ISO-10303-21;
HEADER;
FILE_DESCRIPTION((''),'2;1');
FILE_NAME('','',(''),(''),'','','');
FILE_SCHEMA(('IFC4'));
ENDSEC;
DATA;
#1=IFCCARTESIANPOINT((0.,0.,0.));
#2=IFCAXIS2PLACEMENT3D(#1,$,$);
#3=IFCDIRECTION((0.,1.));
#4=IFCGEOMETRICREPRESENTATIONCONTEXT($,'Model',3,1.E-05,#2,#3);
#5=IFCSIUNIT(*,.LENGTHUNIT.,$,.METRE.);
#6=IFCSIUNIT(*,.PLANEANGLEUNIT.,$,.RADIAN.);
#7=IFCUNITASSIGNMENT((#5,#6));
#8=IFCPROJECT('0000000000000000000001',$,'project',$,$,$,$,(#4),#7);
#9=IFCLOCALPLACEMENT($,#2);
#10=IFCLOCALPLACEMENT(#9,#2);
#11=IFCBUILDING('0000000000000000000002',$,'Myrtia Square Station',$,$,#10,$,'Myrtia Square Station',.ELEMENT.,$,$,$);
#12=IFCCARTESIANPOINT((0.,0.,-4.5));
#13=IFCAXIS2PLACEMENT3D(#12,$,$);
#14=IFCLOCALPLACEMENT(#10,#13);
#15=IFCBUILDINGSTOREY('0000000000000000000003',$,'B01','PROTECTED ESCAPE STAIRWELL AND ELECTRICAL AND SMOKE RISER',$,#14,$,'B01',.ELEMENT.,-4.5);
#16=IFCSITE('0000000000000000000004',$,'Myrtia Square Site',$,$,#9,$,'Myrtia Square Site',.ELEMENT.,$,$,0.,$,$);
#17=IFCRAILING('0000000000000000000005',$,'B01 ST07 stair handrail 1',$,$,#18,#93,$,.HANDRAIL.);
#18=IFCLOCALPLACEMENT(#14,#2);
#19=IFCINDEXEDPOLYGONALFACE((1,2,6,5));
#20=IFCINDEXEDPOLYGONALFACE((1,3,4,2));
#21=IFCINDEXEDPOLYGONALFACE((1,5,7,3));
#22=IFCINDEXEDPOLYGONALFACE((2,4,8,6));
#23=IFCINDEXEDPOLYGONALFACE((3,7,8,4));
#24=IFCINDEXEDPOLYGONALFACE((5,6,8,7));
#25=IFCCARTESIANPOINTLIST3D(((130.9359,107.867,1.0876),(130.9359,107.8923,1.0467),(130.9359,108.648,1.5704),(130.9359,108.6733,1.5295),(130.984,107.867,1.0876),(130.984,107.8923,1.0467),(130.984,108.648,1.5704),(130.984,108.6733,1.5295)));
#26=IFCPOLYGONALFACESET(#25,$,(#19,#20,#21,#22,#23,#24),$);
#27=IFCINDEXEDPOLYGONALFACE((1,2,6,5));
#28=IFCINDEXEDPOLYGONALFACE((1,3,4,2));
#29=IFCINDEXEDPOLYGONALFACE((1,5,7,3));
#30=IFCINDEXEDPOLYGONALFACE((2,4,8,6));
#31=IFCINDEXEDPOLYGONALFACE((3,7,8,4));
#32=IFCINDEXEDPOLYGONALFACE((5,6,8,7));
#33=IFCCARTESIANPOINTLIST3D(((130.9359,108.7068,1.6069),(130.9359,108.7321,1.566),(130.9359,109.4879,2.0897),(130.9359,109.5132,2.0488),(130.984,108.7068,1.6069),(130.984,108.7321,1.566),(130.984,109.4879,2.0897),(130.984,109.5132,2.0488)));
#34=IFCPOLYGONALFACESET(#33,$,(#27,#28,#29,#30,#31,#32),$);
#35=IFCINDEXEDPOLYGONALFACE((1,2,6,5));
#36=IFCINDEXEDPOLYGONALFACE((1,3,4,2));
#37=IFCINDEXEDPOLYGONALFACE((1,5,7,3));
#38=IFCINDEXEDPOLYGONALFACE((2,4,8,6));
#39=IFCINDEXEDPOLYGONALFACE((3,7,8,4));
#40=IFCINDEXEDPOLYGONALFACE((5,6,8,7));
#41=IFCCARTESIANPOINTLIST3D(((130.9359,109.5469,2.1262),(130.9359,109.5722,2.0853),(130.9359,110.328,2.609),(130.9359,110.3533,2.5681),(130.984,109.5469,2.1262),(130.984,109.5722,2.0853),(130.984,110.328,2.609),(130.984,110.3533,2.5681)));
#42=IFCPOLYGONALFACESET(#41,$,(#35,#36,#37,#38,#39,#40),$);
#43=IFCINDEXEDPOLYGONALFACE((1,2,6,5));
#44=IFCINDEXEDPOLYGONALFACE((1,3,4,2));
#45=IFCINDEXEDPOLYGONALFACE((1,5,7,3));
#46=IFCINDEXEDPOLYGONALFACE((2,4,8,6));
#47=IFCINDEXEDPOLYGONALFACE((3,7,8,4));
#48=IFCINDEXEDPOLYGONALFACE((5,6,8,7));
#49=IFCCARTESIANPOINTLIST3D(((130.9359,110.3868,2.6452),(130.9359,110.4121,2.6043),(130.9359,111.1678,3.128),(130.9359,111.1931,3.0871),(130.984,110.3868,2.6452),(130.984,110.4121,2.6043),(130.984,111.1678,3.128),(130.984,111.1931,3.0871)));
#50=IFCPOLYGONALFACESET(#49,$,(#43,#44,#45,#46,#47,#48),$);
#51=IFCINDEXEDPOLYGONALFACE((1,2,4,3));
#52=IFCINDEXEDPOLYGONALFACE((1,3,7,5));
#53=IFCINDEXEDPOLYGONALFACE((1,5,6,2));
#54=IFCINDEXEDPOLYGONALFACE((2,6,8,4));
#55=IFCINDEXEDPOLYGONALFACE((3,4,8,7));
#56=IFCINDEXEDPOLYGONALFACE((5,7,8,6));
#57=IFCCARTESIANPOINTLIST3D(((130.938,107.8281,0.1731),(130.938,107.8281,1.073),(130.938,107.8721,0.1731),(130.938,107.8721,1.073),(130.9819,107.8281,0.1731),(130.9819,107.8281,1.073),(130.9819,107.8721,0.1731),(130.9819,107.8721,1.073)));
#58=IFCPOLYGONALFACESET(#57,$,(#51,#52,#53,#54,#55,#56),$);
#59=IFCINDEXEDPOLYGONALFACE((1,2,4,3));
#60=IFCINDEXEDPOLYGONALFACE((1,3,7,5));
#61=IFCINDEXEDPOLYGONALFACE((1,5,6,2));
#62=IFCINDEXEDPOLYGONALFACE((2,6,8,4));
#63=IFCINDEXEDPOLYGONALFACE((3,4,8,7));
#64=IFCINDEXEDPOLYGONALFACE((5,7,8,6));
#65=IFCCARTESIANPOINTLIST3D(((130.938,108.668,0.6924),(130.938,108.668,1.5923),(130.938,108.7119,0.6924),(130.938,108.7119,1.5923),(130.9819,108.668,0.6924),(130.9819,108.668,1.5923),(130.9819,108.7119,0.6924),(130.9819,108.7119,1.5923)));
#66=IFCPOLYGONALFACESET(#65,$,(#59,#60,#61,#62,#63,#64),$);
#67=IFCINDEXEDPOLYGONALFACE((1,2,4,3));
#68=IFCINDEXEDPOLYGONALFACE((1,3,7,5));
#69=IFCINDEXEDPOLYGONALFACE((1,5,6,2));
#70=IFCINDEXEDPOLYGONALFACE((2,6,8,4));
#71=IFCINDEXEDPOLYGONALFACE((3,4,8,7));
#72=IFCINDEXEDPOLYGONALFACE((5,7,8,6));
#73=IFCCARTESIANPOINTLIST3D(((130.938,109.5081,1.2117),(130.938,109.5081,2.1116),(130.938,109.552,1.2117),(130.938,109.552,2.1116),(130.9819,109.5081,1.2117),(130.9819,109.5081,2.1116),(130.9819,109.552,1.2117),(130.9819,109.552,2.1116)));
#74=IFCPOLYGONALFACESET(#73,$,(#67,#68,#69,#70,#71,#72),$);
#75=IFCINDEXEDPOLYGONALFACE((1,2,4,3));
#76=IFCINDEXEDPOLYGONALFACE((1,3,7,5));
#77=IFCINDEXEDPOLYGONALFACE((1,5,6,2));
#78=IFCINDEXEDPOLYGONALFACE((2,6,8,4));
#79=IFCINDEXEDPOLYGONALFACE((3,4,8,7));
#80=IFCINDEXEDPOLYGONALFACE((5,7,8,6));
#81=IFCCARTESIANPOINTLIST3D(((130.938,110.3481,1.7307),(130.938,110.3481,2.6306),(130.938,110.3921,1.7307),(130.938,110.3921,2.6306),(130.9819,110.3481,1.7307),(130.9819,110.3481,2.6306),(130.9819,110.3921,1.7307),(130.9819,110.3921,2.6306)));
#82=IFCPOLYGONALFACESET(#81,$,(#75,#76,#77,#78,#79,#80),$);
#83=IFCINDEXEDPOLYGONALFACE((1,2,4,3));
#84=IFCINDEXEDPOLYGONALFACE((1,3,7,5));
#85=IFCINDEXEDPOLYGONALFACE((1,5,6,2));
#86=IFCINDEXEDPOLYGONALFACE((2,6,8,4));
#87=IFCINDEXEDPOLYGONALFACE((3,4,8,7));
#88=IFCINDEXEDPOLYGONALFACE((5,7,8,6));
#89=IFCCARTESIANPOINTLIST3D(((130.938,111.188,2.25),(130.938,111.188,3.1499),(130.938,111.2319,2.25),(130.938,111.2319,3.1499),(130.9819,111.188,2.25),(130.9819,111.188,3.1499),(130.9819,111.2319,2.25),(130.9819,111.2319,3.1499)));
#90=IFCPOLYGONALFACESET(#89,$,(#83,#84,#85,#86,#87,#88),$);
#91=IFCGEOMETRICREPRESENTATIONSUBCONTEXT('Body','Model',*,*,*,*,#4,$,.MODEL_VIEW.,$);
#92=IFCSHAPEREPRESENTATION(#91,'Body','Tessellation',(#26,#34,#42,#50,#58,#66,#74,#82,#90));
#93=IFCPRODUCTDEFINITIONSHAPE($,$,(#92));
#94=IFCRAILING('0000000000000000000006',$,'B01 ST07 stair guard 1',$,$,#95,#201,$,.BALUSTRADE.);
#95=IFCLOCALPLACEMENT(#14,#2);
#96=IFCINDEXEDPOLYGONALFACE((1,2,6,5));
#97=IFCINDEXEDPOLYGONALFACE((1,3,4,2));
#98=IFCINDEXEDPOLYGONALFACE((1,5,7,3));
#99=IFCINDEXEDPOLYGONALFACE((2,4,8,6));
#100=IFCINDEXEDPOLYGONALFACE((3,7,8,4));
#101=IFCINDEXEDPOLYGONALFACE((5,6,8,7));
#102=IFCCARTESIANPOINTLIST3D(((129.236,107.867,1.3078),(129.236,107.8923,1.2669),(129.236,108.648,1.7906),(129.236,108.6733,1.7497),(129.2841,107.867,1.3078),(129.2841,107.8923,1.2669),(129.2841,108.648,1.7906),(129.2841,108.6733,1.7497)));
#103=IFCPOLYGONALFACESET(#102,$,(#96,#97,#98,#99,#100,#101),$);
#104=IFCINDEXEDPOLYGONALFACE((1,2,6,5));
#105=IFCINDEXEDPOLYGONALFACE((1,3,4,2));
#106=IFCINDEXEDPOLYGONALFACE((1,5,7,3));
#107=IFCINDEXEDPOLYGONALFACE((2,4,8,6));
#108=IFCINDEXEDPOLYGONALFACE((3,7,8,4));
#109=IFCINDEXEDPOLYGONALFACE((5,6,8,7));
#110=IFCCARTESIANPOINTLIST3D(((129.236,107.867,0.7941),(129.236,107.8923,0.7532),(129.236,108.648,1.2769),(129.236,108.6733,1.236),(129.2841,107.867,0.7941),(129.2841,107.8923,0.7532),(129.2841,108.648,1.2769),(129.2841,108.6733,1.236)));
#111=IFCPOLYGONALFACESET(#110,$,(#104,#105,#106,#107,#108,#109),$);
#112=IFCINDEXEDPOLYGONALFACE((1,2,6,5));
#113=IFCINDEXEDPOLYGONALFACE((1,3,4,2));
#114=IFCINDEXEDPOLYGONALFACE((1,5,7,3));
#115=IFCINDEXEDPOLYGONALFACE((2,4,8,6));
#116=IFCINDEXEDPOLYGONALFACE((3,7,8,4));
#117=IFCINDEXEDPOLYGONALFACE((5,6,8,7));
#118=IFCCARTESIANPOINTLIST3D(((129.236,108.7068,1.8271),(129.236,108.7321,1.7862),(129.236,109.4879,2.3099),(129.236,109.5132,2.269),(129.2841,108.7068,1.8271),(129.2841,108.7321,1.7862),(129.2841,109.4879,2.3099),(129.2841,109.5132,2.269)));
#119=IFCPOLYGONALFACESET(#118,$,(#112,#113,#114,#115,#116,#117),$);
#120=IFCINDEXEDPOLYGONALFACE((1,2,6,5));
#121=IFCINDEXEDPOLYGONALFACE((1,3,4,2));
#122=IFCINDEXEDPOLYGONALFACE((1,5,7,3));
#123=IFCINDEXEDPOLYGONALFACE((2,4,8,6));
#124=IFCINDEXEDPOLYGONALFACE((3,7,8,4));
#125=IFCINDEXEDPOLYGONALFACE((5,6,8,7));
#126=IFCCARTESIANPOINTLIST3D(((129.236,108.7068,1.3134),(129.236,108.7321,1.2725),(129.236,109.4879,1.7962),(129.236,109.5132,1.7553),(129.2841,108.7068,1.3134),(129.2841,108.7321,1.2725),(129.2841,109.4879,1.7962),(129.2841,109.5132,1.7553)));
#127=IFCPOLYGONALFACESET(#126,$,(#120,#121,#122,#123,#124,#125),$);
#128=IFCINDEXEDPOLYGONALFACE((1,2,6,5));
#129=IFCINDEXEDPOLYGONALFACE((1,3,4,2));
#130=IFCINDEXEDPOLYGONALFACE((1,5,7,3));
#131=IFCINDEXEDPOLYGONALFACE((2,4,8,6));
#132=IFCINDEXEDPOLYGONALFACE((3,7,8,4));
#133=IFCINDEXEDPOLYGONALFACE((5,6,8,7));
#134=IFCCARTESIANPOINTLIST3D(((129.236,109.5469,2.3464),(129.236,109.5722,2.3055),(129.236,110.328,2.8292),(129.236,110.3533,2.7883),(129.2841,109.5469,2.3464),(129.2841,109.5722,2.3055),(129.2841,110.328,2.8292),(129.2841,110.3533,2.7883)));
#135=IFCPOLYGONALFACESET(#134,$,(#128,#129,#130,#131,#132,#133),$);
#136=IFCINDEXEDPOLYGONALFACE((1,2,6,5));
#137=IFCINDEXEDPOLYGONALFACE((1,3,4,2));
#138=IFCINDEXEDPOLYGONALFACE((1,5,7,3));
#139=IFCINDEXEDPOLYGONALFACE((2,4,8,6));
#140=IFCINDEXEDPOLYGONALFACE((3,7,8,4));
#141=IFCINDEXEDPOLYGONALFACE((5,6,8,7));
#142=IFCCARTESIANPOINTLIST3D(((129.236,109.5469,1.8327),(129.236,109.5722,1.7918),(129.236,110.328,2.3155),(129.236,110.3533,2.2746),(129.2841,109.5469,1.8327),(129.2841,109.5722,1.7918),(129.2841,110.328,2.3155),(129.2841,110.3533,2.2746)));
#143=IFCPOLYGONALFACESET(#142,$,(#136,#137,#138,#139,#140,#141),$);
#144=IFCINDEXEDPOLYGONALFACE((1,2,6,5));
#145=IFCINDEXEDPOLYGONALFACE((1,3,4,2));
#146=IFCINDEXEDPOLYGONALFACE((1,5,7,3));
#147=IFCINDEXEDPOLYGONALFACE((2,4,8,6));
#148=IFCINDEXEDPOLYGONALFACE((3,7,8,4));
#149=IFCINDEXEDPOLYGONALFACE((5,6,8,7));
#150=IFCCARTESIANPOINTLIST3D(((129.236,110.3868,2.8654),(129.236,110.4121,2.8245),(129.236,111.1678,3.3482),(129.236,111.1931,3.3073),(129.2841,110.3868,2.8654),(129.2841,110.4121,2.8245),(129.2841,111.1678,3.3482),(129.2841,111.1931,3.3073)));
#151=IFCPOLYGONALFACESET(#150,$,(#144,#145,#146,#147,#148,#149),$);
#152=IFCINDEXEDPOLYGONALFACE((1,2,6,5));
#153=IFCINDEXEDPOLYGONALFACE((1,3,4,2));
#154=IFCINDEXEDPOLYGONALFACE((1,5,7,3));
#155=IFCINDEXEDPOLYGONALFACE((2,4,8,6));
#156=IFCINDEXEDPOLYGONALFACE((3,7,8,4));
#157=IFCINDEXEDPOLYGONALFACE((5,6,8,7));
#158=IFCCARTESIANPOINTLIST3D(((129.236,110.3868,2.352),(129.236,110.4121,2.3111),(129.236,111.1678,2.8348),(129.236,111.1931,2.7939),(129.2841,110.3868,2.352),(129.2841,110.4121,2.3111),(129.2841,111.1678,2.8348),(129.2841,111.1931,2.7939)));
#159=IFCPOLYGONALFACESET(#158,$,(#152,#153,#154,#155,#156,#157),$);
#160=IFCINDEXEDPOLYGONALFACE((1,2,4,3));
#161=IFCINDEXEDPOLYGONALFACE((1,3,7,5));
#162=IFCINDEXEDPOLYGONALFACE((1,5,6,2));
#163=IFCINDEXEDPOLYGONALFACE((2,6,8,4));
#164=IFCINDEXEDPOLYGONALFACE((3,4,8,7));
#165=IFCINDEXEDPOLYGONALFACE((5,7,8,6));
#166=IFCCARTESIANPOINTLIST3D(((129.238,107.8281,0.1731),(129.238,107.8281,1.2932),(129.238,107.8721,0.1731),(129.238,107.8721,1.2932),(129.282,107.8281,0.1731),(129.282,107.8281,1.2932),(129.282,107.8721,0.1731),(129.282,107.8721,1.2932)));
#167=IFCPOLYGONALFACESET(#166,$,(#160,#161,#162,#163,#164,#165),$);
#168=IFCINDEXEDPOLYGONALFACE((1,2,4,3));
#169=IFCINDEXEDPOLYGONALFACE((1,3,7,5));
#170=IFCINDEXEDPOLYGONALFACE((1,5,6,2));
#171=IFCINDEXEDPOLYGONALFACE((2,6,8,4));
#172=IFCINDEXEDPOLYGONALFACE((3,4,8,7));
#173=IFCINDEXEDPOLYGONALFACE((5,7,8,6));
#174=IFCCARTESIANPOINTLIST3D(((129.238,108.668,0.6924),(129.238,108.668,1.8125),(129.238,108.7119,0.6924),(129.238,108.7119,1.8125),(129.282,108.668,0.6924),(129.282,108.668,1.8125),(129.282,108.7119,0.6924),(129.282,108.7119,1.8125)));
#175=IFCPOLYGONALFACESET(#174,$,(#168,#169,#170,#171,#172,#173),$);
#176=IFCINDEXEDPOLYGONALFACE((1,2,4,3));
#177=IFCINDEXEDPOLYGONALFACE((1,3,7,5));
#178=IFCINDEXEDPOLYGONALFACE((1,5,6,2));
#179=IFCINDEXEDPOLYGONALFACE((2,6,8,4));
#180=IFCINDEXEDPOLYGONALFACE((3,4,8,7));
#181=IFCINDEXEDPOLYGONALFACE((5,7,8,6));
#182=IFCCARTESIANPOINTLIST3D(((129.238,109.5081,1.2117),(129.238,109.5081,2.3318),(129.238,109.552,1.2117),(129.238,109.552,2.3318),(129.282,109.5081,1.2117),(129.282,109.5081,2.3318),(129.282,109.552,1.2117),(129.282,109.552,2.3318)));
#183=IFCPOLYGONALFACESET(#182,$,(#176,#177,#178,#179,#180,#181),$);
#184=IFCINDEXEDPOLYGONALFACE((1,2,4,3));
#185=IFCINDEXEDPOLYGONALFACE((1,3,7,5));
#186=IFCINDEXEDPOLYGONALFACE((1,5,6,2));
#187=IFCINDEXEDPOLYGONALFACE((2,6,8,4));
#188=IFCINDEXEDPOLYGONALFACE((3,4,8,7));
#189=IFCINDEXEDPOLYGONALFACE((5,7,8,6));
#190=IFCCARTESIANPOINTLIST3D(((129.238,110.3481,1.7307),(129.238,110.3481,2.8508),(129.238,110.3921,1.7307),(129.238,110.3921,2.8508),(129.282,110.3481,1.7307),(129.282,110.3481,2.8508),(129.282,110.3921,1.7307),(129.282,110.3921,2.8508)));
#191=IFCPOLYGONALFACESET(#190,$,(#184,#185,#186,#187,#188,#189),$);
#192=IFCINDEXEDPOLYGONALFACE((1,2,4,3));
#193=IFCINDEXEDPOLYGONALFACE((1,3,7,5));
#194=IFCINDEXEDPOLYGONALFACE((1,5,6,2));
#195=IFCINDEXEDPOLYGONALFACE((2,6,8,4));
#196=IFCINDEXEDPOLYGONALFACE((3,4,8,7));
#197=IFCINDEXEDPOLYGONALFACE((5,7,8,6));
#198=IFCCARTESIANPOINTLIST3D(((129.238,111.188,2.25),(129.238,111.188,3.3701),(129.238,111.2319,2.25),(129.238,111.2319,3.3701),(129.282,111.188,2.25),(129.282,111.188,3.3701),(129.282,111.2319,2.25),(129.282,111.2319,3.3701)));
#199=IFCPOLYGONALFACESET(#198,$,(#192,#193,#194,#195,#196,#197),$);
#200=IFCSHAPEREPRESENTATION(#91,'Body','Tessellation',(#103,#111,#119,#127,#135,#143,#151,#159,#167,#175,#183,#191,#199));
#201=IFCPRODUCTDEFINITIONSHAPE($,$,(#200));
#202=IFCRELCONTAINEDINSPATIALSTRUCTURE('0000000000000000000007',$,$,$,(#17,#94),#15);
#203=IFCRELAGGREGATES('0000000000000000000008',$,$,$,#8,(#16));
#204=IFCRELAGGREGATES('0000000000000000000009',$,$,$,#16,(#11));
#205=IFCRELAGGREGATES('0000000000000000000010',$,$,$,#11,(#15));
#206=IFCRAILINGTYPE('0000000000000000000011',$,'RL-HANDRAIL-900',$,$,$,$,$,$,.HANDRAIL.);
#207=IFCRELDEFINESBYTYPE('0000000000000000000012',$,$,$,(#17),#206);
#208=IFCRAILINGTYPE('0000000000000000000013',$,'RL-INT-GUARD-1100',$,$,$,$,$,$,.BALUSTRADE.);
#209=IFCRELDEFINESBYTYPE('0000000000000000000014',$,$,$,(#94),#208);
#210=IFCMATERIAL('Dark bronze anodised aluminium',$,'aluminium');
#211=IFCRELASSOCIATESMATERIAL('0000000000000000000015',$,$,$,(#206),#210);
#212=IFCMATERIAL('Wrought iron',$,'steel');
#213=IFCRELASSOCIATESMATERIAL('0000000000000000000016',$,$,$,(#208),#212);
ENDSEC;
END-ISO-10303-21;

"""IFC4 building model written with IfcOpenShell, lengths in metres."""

from ifc_helpers import new_model, si_unit, direction, frame, origin, origin_2d, place, context, subcontext, project, spatial, rectangle, extrude, material, type_object, element, save


model = new_model("IFC4")

# Units and contexts
model_context = context("Model", 3, precision=1e-05, world=origin(), true_north=direction((0.0, 1.0)))
body_context = subcontext(model_context, "Body", "Model", "MODEL_VIEW")
ifc_project = project(units=[si_unit("LENGTHUNIT", "METRE"), si_unit("PLANEANGLEUNIT", "RADIAN")], contexts=[model_context])

# Site, building, storey
site_placement = place(None, origin())
site = spatial("IfcSite", under=ifc_project, at=site_placement, Name="Myrtia Square Site", LongName="Myrtia Square Site", CompositionType="ELEMENT", RefElevation=0.0)
building_placement = place(site_placement, origin())
building = spatial("IfcBuilding", under=site, at=building_placement, Name="Myrtia Square Station", LongName="Myrtia Square Station", CompositionType="ELEMENT")
storey_placement = place(building_placement, frame((0.0, 0.0, -4.5)))
storey = spatial("IfcBuildingStorey", under=building, at=storey_placement, Name="B01", Description="PROTECTED ESCAPE STAIRWELL AND ELECTRICAL AND SMOKE RISER", LongName="B01", CompositionType="ELEMENT", Elevation=-4.5)

# Shared definitions
ifc_material_1 = material(Name="Dark bronze anodised aluminium", Category="aluminium")

# Railings
railing_type_1 = type_object("IfcRailingType", Name="RL-HANDRAIL-900", PredefinedType="HANDRAIL", material=ifc_material_1)
railing_1_placement = place(storey_placement, frame((130.96, 107.8501, 0.1731)))
element("IfcRailing", 1, at=railing_1_placement, inside=storey, type_object=railing_type_1, Name="B01 ST07 stair handrail 1", PredefinedType="HANDRAIL", context=body_context, shape_type="SweptSolid", body=[
    extrude(rectangle(XDim=0.0481, YDim=0.0481, at=origin_2d()), frame((0.0, 0.0295, 0.894), z_axis=(0.0, 0.850606, 0.525803), x_axis=(-1.0, 0.0, 0.0)), (0.0, 0.0, 1.0), 0.9182),
    extrude(rectangle(XDim=0.0481, YDim=0.0481, at=origin_2d()), frame((0.0, 0.8694, 1.4133), z_axis=(0.0, 0.850606, 0.525803), x_axis=(-1.0, 0.0, 0.0)), (0.0, 0.0, 1.0), 0.9182),
    extrude(rectangle(XDim=0.0481, YDim=0.0481, at=origin_2d()), frame((0.0, 1.7095, 1.9326), z_axis=(0.0, 0.850606, 0.525803), x_axis=(-1.0, 0.0, 0.0)), (0.0, 0.0, 1.0), 0.9182),
    extrude(rectangle(XDim=0.0481, YDim=0.0481, at=origin_2d()), frame((0.0, 2.5493, 2.4517), z_axis=(0.0, 0.850606, 0.525803), x_axis=(-1.0, 0.0, 0.0)), (0.0, 0.0, 1.0), 0.9182),
    extrude(rectangle(XDim=0.0439, YDim=0.0439, at=origin_2d()), origin(), (0.0, 0.0, 1.0), 0.8999),
    extrude(rectangle(XDim=0.0439, YDim=0.0439, at=origin_2d()), frame((0.0, 0.8398, 0.5193)), (0.0, 0.0, 1.0), 0.8999),
    extrude(rectangle(XDim=0.0439, YDim=0.0439, at=origin_2d()), frame((0.0, 1.6799, 1.0386)), (0.0, 0.0, 1.0), 0.8999),
    extrude(rectangle(XDim=0.0439, YDim=0.0439, at=origin_2d()), frame((0.0, 2.52, 1.5576)), (0.0, 0.0, 1.0), 0.8999),
    extrude(rectangle(XDim=0.0439, YDim=0.0439, at=origin_2d()), frame((0.0, 3.3599, 2.0769)), (0.0, 0.0, 1.0), 0.8999),
])
ifc_material_2 = material(Name="Wrought iron", Category="steel")
railing_type_2 = type_object("IfcRailingType", Name="RL-INT-GUARD-1100", PredefinedType="BALUSTRADE", material=ifc_material_2)
railing_2_placement = place(storey_placement, frame((129.26, 107.8501, 0.1731)))
element("IfcRailing", 2, at=railing_2_placement, inside=storey, type_object=railing_type_2, Name="B01 ST07 stair guard 1", PredefinedType="BALUSTRADE", context=body_context, shape_type="SweptSolid", body=[
    extrude(rectangle(XDim=0.0481, YDim=0.0481, at=origin_2d()), frame((0.0, 0.0295, 1.1143), z_axis=(0.0, 0.850606, 0.525803), x_axis=(-1.0, 0.0, 0.0)), (0.0, 0.0, 1.0), 0.9182),
    extrude(rectangle(XDim=0.0481, YDim=0.0481, at=origin_2d()), frame((0.0, 0.0295, 0.6006), z_axis=(0.0, 0.850606, 0.525803), x_axis=(-1.0, 0.0, 0.0)), (0.0, 0.0, 1.0), 0.9182),
    extrude(rectangle(XDim=0.0481, YDim=0.0481, at=origin_2d()), frame((0.0, 0.8694, 1.6335), z_axis=(0.0, 0.850606, 0.525803), x_axis=(-1.0, 0.0, 0.0)), (0.0, 0.0, 1.0), 0.9182),
    extrude(rectangle(XDim=0.0481, YDim=0.0481, at=origin_2d()), frame((0.0, 0.8694, 1.1199), z_axis=(0.0, 0.850606, 0.525803), x_axis=(-1.0, 0.0, 0.0)), (0.0, 0.0, 1.0), 0.9182),
    extrude(rectangle(XDim=0.0481, YDim=0.0481, at=origin_2d()), frame((0.0, 1.7095, 2.1528), z_axis=(0.0, 0.850606, 0.525803), x_axis=(-1.0, 0.0, 0.0)), (0.0, 0.0, 1.0), 0.9182),
    extrude(rectangle(XDim=0.0481, YDim=0.0481, at=origin_2d()), frame((0.0, 1.7095, 1.6392), z_axis=(0.0, 0.850606, 0.525803), x_axis=(-1.0, 0.0, 0.0)), (0.0, 0.0, 1.0), 0.9182),
    extrude(rectangle(XDim=0.0481, YDim=0.0481, at=origin_2d()), frame((0.0, 2.5493, 2.6719), z_axis=(0.0, 0.850606, 0.525803), x_axis=(-1.0, 0.0, 0.0)), (0.0, 0.0, 1.0), 0.9182),
    extrude(rectangle(XDim=0.0481, YDim=0.0481, at=origin_2d()), frame((0.0, 2.5493, 2.1584), z_axis=(0.0, 0.850606, 0.525803), x_axis=(-1.0, 0.0, 0.0)), (0.0, 0.0, 1.0), 0.9182),
    extrude(rectangle(XDim=0.0439, YDim=0.0439, at=origin_2d()), origin(), (0.0, 0.0, 1.0), 1.1201),
    extrude(rectangle(XDim=0.0439, YDim=0.0439, at=origin_2d()), frame((0.0, 0.8398, 0.5193)), (0.0, 0.0, 1.0), 1.1201),
    extrude(rectangle(XDim=0.0439, YDim=0.0439, at=origin_2d()), frame((0.0, 1.6799, 1.0386)), (0.0, 0.0, 1.0), 1.1201),
    extrude(rectangle(XDim=0.0439, YDim=0.0439, at=origin_2d()), frame((0.0, 2.52, 1.5576)), (0.0, 0.0, 1.0), 1.1201),
    extrude(rectangle(XDim=0.0439, YDim=0.0439, at=origin_2d()), frame((0.0, 3.3599, 2.0769)), (0.0, 0.0, 1.0), 1.1201),
])

save(model, "model.ifc")
